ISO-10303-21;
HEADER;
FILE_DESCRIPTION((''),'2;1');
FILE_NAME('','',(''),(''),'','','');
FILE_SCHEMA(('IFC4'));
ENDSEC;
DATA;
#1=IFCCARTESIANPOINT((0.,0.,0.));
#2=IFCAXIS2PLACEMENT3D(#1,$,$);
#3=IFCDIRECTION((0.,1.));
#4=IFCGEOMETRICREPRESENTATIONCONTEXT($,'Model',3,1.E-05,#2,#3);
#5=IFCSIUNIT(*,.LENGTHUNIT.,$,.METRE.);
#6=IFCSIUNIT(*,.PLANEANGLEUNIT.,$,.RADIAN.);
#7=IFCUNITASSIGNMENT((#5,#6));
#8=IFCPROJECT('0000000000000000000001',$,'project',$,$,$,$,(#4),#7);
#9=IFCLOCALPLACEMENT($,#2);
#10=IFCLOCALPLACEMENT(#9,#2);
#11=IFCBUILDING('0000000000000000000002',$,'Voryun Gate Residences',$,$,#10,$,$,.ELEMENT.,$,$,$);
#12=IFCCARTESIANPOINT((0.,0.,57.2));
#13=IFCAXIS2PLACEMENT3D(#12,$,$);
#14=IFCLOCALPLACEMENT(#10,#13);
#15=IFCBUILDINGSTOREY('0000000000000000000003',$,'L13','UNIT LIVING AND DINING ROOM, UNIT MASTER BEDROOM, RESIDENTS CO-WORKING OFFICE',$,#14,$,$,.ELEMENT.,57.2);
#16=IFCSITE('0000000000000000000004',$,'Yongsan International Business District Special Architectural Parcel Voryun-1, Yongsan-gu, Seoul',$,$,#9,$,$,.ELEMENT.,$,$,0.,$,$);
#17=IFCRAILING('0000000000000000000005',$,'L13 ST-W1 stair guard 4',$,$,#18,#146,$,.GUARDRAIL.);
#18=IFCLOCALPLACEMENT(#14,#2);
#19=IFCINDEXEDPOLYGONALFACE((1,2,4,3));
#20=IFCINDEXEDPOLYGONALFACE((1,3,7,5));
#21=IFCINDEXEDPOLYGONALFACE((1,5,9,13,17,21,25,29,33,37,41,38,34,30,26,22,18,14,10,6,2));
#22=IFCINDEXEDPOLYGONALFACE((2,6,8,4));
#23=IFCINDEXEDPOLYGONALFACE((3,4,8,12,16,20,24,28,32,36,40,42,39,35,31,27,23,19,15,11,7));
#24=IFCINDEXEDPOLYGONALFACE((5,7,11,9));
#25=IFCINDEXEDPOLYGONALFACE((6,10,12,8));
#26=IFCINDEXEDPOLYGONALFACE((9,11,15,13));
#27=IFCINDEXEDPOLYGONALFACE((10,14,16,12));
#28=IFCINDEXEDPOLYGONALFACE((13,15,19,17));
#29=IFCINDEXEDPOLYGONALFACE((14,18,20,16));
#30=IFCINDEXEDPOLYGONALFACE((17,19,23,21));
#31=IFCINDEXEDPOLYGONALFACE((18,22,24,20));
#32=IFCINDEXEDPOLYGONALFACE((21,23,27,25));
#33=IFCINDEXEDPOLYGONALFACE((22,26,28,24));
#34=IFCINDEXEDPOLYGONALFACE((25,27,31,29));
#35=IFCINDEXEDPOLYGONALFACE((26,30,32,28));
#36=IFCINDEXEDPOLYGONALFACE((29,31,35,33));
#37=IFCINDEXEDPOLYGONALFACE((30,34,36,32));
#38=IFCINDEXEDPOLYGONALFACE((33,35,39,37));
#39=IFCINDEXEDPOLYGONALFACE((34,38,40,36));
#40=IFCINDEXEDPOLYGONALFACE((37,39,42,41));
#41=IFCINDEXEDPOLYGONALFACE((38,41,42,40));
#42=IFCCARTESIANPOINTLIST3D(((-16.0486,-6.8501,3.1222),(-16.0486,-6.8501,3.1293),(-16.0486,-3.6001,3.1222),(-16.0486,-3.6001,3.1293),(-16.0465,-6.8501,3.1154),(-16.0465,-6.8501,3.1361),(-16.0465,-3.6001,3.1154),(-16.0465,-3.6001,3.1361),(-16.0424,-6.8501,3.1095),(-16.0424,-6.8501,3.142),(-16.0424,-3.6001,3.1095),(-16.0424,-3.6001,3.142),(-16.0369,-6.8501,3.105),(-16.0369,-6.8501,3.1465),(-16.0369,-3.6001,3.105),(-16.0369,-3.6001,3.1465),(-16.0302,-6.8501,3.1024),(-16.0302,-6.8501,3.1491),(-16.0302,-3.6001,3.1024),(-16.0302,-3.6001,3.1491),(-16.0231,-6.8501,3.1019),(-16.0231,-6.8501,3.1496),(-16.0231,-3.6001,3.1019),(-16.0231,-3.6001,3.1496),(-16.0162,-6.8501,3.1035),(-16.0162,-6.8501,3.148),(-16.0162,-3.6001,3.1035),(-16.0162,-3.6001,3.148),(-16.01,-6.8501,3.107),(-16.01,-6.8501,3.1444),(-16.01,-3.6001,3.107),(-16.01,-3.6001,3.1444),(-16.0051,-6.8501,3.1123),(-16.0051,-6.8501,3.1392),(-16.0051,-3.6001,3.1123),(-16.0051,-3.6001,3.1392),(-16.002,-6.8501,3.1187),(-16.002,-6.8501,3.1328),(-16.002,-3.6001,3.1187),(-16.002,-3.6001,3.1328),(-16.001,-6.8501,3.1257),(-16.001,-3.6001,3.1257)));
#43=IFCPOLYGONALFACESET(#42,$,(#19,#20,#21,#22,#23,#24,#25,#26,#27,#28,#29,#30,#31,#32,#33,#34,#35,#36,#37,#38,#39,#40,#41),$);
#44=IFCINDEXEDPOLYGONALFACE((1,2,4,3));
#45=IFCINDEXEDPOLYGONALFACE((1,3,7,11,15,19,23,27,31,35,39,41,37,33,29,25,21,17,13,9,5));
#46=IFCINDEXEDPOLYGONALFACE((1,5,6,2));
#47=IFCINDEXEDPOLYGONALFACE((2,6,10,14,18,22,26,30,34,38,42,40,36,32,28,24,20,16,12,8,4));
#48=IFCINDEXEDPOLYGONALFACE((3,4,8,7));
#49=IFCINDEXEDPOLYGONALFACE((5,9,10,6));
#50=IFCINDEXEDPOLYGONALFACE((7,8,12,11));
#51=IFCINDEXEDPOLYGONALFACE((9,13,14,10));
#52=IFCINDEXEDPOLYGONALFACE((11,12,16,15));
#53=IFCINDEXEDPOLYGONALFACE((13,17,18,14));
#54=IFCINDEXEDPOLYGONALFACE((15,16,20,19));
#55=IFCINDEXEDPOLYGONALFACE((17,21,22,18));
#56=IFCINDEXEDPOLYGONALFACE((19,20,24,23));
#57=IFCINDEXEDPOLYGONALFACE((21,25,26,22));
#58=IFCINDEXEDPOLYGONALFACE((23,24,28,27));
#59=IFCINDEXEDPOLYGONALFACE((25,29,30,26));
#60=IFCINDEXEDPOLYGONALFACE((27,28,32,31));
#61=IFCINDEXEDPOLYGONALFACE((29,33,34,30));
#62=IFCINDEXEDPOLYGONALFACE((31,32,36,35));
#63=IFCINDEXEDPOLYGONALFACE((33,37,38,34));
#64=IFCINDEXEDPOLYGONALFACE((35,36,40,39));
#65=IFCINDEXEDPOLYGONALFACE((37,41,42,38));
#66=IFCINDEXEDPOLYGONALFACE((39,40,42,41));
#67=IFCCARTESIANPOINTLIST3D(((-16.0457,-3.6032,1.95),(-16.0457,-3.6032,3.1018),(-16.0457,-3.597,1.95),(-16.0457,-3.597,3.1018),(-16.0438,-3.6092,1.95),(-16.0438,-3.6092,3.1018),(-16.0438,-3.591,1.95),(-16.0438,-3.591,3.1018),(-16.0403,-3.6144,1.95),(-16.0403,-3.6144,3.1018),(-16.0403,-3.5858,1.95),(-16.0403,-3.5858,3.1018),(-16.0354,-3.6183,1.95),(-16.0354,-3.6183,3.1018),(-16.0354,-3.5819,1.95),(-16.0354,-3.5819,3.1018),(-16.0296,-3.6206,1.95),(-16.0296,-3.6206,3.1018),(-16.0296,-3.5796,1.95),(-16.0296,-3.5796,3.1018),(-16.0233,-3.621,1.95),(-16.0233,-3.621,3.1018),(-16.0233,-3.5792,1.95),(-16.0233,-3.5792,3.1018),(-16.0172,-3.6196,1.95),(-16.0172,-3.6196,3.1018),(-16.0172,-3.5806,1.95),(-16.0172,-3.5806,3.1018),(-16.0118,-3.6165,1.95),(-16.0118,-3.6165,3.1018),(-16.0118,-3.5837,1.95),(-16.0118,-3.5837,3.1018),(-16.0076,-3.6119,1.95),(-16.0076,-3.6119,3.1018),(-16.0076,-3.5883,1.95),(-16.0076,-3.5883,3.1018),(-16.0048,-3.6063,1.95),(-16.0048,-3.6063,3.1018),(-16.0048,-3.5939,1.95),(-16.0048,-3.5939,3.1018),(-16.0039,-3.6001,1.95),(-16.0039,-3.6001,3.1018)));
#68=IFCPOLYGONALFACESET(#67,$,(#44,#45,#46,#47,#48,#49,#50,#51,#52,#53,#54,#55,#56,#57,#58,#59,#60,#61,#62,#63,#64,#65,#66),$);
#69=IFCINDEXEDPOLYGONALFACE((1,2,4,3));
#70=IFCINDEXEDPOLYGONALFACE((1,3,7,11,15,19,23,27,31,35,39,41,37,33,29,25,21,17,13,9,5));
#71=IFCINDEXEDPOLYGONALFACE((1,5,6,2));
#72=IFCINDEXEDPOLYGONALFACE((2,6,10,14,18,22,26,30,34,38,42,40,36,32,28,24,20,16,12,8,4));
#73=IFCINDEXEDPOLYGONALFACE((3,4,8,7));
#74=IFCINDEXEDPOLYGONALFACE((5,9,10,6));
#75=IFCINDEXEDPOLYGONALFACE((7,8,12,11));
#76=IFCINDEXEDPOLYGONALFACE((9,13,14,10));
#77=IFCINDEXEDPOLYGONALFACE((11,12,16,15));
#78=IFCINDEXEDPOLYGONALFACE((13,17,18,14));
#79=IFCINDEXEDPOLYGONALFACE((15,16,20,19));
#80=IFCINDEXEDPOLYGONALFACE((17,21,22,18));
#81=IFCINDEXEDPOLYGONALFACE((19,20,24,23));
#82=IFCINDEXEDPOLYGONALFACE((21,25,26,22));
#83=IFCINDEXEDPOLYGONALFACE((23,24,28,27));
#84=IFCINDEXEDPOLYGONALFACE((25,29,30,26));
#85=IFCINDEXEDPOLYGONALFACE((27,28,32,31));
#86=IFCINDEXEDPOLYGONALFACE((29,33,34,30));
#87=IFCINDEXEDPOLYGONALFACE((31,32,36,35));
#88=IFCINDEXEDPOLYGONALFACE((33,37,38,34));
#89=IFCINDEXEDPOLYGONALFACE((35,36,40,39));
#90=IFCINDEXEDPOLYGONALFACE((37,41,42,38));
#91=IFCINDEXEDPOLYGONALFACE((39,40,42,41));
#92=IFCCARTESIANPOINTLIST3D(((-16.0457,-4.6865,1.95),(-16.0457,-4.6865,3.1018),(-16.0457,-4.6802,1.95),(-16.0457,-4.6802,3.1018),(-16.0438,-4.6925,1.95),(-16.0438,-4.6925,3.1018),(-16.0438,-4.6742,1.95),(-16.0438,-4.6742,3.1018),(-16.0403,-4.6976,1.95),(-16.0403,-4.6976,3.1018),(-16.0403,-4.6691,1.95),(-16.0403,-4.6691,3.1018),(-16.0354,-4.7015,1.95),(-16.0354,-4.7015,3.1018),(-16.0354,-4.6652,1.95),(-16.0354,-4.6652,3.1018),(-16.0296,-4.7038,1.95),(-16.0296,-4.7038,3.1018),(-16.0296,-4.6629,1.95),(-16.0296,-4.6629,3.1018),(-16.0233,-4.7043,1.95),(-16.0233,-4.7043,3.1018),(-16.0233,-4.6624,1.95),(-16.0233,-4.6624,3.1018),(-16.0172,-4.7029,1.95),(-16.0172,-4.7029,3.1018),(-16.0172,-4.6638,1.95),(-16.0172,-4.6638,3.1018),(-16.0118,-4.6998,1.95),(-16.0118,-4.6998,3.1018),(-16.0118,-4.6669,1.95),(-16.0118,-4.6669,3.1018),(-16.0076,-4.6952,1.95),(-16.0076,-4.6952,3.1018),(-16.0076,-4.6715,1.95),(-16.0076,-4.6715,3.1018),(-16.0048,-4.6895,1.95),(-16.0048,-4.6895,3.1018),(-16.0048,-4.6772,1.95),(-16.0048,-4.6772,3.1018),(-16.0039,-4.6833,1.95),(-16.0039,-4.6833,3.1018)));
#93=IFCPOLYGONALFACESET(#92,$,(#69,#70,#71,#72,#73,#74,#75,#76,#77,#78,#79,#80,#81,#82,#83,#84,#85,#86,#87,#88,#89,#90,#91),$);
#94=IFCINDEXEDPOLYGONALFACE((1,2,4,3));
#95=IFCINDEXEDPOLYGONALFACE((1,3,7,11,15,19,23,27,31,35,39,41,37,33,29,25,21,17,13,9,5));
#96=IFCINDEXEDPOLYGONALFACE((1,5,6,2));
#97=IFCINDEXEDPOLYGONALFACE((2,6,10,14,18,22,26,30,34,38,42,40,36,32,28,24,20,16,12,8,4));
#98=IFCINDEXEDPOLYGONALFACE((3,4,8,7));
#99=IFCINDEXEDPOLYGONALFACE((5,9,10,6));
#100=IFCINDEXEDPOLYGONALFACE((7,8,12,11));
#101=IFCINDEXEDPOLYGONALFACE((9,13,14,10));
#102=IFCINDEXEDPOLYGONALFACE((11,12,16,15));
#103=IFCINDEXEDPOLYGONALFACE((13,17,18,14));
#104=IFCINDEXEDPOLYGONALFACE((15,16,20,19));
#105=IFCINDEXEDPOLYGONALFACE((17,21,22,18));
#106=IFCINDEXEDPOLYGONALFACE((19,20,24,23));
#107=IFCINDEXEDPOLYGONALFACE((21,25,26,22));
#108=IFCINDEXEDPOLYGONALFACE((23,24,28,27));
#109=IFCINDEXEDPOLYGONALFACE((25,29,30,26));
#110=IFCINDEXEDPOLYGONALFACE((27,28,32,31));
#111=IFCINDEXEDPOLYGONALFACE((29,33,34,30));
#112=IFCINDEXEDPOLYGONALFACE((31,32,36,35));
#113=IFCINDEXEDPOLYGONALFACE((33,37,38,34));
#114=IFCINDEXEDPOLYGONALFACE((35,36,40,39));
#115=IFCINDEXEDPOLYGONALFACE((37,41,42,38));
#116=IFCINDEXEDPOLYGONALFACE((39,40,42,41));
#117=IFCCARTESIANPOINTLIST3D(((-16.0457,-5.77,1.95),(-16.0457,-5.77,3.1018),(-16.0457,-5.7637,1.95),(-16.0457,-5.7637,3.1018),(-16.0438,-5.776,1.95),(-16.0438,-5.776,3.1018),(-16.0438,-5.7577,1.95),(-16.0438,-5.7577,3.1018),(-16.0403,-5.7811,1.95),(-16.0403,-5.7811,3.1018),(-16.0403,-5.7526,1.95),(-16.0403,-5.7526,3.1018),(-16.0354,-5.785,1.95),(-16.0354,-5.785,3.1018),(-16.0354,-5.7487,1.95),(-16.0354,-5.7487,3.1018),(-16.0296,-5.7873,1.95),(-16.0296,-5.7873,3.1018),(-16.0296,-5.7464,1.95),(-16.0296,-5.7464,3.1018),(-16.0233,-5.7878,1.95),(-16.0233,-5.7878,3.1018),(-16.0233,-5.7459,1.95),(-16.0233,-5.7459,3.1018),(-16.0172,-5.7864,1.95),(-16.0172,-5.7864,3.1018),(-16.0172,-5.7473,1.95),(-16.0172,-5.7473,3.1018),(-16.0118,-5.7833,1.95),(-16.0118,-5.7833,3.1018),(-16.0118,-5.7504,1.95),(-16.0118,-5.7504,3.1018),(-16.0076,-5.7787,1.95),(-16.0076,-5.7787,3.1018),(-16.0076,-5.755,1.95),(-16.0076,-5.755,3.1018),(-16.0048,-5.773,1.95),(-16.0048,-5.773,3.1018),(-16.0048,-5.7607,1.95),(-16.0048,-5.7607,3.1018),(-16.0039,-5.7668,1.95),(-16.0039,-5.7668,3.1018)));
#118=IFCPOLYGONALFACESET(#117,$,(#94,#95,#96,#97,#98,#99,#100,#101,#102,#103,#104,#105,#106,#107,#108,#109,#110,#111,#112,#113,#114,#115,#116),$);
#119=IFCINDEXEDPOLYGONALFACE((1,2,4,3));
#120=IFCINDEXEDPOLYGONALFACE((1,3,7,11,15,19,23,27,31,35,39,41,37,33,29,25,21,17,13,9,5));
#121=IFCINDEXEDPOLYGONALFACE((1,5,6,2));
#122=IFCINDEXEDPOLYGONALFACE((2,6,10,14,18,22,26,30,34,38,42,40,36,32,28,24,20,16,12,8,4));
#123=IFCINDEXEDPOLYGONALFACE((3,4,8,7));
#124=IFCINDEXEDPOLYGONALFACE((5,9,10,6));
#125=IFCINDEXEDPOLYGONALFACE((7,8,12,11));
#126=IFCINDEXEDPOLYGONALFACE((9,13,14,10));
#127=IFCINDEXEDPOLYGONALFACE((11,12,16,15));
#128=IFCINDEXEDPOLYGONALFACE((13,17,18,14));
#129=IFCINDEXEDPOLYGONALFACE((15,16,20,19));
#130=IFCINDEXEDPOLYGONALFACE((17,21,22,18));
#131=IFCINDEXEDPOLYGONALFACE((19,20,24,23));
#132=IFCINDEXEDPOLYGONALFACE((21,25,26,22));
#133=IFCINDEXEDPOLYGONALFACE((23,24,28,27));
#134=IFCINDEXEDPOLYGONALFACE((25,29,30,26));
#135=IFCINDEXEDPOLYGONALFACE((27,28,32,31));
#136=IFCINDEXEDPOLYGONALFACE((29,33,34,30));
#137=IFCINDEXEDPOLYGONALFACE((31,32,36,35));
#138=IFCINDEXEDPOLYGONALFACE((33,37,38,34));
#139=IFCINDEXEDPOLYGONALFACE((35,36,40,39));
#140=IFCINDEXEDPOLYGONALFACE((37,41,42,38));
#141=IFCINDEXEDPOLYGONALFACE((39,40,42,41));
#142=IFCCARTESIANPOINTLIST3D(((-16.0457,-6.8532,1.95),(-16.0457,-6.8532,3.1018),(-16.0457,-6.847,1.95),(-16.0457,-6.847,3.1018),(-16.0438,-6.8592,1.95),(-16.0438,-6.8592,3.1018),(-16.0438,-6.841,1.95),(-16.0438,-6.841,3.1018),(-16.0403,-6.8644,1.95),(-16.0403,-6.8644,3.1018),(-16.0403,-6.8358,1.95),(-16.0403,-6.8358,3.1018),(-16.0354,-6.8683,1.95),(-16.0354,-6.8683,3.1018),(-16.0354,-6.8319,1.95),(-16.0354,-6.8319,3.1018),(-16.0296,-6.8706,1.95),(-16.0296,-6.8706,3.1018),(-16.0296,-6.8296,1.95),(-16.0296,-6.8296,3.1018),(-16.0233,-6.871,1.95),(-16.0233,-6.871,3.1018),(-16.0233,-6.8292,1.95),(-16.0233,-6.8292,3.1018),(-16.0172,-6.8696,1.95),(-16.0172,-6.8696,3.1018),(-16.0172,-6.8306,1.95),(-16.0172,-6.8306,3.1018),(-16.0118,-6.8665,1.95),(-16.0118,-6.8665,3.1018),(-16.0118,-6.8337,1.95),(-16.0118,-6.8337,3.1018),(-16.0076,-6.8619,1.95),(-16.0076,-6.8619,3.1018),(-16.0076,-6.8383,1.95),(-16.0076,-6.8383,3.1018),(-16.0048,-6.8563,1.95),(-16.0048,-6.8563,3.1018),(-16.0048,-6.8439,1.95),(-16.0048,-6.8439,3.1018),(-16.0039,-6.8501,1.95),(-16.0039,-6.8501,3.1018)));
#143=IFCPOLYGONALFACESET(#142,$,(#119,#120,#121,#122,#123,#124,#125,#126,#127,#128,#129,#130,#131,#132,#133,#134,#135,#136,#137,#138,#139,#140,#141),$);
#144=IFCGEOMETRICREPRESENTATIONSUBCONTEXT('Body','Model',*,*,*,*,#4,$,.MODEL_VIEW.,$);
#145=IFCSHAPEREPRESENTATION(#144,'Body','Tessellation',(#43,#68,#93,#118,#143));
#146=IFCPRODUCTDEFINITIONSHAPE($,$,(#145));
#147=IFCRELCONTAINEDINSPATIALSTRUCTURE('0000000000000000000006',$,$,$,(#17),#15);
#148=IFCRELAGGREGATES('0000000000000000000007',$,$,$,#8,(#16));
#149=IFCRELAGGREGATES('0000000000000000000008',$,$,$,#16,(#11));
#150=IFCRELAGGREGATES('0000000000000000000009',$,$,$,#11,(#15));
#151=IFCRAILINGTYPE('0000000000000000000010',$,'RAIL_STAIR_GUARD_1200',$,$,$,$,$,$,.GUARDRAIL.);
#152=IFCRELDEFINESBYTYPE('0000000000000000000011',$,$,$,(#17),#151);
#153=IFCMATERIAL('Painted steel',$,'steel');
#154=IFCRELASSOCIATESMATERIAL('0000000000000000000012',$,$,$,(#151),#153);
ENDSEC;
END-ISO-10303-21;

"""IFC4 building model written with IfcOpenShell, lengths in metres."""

from ifc_helpers import new_model, si_unit, direction, frame, origin, origin_2d, place, context, subcontext, project, spatial, circle, extrude, material, type_object, element, save


model = new_model("IFC4")

# Units and contexts
model_context = context("Model", 3, precision=1e-05, world=origin(), true_north=direction((0.0, 1.0)))
body_context = subcontext(model_context, "Body", "Model", "MODEL_VIEW")
ifc_project = project(units=[si_unit("LENGTHUNIT", "METRE"), si_unit("PLANEANGLEUNIT", "RADIAN")], contexts=[model_context])

# Site, building, storey
site_placement = place(None, origin())
site = spatial("IfcSite", under=ifc_project, at=site_placement, Name="Yongsan International Business District Special Architectural Parcel Voryun-1, Yongsan-gu, Seoul", CompositionType="ELEMENT", RefElevation=0.0)
building_placement = place(site_placement, origin())
building = spatial("IfcBuilding", under=site, at=building_placement, Name="Voryun Gate Residences", CompositionType="ELEMENT")
storey_placement = place(building_placement, frame((0.0, 0.0, 57.2)))
storey = spatial("IfcBuildingStorey", under=building, at=storey_placement, Name="L13", Description="UNIT LIVING AND DINING ROOM, UNIT MASTER BEDROOM, RESIDENTS CO-WORKING OFFICE", CompositionType="ELEMENT", Elevation=57.2)

# Railing
ifc_material_1 = material(Name="Painted steel", Category="steel")
railing_type_1 = type_object("IfcRailingType", Name="RAIL_STAIR_GUARD_1200", PredefinedType="GUARDRAIL", material=ifc_material_1)
railing_1_placement = place(storey_placement, frame((-16.0249, -3.6001, 1.95)))
element("IfcRailing", 1, at=railing_1_placement, inside=storey, type_object=railing_type_1, Name="L13 ST-W1 stair guard 4", PredefinedType="GUARDRAIL", context=body_context, shape_type="SweptSolid", body=[
    extrude(circle(Radius=0.0239, at=origin_2d()), frame((0.0, 0.0, 1.1758), z_axis=(0.0, -1.0, 0.0), x_axis=(1.0, 0.0, 0.0)), (0.0, 0.0, 1.0), 3.25),
    extrude(circle(Radius=0.021, at=origin_2d()), origin(), (0.0, 0.0, 1.0), 1.1519),
    extrude(circle(Radius=0.021, at=origin_2d()), frame((0.0, -1.0833, 0.0)), (0.0, 0.0, 1.0), 1.1519),
    extrude(circle(Radius=0.021, at=origin_2d()), frame((0.0, -2.1667, 0.0)), (0.0, 0.0, 1.0), 1.1519),
    extrude(circle(Radius=0.021, at=origin_2d()), frame((0.0, -3.25, 0.0)), (0.0, 0.0, 1.0), 1.1519),
])

save(model, "model.ifc")
